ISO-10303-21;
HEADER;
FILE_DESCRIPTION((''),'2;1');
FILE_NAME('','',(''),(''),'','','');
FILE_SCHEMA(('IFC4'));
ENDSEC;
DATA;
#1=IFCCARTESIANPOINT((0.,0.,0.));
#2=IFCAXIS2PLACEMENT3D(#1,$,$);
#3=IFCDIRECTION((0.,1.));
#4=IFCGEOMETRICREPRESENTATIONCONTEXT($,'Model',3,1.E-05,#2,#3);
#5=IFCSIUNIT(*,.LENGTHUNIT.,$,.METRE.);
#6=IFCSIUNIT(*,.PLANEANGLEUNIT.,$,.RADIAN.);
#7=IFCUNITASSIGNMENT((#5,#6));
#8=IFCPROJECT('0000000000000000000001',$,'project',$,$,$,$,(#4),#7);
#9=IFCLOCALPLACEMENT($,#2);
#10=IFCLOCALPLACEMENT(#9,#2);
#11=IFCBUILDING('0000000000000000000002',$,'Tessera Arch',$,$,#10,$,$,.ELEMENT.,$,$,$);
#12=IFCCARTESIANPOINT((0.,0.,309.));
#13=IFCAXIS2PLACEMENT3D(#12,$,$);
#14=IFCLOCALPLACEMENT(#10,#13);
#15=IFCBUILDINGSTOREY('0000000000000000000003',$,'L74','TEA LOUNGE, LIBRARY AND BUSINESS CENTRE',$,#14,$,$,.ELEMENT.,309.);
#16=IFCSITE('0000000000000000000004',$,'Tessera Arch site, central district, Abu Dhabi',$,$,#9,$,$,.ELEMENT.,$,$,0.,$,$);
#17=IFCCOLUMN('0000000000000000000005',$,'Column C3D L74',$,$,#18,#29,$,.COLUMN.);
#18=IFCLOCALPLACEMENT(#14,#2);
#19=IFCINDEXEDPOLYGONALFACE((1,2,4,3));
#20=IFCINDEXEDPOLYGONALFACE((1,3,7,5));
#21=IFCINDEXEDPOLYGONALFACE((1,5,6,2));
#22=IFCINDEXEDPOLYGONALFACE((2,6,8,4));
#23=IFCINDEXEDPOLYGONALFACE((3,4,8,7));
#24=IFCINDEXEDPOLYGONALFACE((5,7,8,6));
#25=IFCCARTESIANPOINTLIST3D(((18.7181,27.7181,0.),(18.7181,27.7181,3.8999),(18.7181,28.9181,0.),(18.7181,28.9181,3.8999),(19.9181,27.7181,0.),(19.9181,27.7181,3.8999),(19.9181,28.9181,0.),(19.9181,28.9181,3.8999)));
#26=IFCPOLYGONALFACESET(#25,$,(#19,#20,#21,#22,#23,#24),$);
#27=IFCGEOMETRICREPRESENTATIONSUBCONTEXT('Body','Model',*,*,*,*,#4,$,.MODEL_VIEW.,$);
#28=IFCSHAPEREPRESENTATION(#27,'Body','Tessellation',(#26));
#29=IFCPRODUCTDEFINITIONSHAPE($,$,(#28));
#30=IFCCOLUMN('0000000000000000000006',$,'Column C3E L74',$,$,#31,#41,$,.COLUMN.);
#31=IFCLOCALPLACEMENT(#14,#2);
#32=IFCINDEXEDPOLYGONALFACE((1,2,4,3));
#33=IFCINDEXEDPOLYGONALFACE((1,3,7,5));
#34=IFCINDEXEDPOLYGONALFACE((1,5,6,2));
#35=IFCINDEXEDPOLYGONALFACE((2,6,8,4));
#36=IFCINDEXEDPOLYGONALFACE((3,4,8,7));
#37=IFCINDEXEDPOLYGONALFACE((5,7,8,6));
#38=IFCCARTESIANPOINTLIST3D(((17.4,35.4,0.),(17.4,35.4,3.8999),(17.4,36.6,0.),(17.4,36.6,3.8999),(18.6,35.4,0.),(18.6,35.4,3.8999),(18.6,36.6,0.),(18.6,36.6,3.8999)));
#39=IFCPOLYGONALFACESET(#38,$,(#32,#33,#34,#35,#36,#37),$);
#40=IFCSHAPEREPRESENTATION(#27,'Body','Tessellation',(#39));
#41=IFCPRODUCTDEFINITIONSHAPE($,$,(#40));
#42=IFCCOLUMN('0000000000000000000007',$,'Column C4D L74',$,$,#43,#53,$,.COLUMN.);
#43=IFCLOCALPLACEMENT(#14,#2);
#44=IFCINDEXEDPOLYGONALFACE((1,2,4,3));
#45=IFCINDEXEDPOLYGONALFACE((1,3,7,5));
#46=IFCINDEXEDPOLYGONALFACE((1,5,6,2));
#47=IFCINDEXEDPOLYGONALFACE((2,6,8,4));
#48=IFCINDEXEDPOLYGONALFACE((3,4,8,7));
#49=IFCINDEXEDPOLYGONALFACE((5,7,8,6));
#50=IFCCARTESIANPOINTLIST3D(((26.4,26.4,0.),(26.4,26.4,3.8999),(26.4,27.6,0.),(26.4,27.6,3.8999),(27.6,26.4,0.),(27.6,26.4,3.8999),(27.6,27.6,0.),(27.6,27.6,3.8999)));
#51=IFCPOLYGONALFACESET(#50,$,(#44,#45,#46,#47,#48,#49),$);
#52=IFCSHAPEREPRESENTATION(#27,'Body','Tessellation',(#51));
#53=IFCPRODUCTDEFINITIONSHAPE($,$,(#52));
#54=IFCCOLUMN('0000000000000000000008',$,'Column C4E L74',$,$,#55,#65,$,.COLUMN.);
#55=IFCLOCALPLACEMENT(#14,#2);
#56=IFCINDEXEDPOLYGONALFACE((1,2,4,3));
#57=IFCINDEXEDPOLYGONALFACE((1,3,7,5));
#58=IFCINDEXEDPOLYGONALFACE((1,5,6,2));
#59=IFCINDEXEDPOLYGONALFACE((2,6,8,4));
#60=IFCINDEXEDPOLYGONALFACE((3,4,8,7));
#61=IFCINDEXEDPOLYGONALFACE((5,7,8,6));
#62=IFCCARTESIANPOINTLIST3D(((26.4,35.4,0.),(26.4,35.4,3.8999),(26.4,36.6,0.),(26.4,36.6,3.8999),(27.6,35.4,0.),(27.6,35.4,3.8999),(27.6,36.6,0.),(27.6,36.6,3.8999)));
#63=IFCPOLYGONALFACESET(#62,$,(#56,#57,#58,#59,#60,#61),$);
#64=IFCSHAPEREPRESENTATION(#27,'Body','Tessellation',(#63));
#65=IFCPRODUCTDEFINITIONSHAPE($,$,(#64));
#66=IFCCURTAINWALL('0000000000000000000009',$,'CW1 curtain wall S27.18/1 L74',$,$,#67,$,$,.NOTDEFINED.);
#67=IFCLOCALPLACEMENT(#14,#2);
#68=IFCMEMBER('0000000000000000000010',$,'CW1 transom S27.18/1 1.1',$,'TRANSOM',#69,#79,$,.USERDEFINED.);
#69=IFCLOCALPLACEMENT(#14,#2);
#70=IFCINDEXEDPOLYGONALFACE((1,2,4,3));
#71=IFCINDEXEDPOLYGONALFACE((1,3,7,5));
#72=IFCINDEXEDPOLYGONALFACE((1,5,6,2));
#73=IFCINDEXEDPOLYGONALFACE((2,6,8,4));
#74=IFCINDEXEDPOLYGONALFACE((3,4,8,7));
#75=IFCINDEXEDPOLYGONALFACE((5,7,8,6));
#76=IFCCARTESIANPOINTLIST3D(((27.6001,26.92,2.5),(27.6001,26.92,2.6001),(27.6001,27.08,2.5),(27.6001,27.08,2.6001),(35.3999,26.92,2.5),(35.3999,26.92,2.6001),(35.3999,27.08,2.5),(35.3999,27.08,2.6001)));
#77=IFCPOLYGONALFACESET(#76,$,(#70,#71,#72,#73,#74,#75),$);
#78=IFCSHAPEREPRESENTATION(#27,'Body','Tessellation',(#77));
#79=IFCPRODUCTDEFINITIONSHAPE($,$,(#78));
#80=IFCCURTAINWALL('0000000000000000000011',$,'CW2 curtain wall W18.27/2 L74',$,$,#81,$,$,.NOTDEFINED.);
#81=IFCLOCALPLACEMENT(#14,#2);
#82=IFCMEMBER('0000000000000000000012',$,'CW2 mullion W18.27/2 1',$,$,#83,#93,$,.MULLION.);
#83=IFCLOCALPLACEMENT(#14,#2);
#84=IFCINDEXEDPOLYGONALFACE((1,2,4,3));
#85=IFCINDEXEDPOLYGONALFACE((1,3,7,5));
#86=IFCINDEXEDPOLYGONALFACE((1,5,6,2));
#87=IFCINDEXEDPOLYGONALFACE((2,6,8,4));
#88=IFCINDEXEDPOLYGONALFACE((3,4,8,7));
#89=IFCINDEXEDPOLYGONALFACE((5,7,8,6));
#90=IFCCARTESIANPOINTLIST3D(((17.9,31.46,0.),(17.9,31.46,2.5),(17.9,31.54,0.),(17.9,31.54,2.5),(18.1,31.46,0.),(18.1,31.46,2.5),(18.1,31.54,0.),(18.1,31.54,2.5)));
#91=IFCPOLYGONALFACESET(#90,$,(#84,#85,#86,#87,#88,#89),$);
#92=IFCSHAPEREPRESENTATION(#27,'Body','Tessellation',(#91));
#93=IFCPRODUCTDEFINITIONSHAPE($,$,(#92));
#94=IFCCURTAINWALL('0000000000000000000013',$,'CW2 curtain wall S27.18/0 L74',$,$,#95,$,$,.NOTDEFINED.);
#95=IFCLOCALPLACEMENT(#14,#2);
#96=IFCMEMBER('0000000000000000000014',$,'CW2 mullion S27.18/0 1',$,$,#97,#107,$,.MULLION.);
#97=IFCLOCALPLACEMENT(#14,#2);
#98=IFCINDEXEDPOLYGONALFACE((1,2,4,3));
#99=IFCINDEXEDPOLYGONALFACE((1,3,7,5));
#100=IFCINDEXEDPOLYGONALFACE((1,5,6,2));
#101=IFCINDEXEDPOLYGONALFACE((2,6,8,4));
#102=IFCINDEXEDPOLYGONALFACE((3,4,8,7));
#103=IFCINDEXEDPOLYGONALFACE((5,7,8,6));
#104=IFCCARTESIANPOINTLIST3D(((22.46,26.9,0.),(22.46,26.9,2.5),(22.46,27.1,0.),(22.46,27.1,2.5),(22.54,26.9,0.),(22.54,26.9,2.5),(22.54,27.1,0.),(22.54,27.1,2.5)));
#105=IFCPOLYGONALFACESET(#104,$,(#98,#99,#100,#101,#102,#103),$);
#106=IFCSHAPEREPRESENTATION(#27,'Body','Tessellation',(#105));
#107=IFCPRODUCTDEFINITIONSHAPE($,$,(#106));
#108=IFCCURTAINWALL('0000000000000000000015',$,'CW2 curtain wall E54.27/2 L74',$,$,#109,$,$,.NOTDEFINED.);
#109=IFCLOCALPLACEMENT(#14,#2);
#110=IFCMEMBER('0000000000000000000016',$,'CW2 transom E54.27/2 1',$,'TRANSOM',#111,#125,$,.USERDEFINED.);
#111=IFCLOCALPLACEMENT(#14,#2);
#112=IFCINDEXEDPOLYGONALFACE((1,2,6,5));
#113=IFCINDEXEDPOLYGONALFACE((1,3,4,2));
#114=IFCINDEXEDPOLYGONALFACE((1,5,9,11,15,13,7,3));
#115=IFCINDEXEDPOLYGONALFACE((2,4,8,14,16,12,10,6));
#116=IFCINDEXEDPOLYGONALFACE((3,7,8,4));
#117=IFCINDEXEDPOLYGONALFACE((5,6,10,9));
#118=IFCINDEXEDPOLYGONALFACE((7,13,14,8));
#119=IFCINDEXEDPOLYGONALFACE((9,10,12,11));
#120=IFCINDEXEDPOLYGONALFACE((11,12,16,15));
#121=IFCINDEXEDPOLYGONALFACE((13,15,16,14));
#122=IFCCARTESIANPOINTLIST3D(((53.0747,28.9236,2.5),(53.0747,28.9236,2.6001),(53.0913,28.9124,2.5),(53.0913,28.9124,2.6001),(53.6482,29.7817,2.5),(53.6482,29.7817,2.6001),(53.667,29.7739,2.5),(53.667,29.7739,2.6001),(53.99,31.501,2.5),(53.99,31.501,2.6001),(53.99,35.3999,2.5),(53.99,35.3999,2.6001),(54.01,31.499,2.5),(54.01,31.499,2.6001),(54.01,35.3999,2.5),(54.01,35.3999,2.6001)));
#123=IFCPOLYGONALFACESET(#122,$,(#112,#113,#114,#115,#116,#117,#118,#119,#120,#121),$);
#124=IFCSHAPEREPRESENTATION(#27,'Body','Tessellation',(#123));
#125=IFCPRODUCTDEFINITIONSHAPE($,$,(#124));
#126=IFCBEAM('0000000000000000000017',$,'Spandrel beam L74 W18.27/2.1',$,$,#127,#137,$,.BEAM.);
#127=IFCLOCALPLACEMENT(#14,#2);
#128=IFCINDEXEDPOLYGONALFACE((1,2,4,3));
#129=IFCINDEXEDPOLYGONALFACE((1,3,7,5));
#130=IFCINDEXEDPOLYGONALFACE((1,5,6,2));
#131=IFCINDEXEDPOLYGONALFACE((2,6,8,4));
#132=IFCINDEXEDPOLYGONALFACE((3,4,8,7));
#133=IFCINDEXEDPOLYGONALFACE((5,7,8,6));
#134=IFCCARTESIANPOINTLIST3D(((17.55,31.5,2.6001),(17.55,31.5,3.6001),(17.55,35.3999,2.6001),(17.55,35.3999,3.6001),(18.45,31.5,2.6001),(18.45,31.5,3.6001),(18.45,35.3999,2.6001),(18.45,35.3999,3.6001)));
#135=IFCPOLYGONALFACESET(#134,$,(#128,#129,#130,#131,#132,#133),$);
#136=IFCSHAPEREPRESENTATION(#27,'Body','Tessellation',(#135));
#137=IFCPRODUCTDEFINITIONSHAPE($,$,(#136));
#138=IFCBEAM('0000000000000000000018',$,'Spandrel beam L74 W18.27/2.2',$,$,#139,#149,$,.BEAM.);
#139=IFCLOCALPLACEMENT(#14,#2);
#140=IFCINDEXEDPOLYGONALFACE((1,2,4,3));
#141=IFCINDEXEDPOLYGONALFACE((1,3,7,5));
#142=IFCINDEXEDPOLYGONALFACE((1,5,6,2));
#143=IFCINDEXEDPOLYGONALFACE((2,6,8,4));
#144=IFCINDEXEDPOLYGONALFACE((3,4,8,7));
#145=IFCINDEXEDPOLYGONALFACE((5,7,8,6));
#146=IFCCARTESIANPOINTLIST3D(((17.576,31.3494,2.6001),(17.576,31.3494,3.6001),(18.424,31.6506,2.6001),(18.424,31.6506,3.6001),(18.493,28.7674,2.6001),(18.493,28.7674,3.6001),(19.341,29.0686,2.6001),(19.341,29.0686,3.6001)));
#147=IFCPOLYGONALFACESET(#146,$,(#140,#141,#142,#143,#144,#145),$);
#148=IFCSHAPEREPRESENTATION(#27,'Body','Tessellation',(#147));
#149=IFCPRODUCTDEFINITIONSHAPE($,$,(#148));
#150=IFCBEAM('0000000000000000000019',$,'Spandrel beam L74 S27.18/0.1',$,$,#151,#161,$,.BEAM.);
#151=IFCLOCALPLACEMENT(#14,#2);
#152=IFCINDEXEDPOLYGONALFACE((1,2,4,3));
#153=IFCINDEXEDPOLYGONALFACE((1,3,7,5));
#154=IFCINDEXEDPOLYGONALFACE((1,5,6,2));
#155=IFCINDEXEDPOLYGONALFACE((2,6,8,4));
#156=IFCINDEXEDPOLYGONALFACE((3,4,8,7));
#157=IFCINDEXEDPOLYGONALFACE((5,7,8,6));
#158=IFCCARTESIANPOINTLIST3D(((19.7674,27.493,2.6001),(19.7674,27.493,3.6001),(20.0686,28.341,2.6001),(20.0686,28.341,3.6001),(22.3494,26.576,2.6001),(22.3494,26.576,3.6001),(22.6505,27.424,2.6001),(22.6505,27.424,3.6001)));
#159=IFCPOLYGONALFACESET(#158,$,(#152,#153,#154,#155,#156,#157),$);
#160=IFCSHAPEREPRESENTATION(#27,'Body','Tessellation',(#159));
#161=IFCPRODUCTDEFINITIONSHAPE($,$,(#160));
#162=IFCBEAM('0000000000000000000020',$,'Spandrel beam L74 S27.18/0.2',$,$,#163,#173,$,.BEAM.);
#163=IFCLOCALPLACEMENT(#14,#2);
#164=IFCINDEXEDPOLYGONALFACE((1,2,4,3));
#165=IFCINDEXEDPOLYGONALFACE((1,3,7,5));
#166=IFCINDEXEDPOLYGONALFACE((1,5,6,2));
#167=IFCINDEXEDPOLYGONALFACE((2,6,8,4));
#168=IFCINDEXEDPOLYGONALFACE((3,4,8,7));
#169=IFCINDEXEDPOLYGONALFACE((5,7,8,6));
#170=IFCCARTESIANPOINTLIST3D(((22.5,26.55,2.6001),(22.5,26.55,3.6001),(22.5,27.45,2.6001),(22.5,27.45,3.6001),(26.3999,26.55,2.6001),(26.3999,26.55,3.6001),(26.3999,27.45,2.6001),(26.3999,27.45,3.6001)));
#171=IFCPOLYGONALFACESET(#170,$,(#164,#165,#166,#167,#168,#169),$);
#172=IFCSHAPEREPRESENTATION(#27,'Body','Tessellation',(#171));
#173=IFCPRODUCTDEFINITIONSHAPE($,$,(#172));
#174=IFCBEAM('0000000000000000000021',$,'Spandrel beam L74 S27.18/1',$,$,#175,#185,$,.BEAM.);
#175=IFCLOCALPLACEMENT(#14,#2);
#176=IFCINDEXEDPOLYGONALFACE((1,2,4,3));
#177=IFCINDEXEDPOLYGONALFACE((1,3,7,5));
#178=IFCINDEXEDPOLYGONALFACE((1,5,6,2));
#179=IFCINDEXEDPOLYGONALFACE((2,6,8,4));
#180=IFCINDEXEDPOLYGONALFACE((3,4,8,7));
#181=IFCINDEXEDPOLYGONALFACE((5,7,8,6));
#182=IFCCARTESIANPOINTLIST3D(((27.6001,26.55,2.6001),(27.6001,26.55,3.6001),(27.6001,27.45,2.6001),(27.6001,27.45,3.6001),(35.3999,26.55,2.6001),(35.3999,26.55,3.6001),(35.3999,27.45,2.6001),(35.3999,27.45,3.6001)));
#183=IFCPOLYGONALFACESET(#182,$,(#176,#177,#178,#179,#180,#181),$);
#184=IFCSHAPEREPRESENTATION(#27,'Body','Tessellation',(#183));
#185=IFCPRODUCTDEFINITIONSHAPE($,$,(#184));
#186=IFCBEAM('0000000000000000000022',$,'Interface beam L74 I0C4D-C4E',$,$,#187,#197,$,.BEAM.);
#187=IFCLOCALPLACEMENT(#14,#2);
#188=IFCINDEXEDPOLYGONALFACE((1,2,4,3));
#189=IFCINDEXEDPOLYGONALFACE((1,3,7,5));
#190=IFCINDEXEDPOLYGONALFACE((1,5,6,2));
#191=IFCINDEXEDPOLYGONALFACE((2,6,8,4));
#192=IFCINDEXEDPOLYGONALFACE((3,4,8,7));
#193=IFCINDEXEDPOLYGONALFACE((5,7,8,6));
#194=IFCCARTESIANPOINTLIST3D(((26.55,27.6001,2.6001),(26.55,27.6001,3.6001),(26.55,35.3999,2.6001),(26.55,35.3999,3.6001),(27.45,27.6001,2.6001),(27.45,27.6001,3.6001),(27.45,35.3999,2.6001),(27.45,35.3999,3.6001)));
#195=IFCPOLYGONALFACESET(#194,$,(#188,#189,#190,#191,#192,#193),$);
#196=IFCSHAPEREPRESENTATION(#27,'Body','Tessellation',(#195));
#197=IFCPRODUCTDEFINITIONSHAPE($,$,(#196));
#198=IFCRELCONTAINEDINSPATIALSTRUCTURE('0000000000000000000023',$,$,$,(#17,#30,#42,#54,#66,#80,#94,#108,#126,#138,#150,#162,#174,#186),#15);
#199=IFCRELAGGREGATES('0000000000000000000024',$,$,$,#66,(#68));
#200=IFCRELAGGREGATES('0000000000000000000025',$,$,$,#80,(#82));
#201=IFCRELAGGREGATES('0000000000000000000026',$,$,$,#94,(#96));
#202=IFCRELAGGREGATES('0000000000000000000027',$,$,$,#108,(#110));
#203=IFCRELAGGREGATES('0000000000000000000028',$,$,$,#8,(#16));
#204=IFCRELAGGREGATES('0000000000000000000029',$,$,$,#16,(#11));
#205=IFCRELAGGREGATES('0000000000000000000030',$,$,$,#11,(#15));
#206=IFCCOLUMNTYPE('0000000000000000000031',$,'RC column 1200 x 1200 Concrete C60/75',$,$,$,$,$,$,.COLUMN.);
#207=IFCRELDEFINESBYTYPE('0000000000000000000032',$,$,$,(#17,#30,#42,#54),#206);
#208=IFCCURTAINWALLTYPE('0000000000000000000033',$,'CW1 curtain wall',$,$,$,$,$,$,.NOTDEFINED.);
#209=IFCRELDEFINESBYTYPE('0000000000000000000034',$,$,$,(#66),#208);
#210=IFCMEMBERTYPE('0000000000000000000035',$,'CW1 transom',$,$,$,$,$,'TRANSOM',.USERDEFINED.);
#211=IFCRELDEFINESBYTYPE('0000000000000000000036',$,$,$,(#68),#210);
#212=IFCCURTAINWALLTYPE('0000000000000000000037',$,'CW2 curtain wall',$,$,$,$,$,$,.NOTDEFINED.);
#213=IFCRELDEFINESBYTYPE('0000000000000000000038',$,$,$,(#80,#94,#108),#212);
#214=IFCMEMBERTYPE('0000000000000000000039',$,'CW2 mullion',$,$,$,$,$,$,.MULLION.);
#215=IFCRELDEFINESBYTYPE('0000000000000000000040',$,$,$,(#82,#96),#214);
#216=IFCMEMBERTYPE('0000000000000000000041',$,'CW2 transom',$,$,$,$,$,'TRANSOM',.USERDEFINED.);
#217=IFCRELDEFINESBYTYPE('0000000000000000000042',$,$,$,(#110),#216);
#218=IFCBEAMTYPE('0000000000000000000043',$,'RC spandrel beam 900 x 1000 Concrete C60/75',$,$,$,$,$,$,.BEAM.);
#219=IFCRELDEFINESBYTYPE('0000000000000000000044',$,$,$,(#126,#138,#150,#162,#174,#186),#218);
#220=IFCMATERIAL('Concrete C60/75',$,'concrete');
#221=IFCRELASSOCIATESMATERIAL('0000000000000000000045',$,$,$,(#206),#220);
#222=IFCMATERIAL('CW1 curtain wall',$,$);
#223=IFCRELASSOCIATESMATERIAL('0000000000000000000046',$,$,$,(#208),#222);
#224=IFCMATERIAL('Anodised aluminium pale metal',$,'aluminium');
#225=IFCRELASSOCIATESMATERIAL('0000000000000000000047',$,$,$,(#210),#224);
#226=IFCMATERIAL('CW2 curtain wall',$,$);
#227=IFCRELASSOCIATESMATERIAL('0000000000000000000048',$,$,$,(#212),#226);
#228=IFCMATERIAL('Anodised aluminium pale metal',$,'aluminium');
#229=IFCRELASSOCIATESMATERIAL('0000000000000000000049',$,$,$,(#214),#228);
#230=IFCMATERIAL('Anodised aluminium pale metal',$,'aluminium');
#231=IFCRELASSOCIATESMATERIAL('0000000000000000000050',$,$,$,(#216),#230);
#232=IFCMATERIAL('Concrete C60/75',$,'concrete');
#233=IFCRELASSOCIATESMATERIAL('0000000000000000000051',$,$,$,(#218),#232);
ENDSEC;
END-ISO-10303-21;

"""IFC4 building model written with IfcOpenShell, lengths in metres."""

from ifc_helpers import new_model, si_unit, direction, frame, origin, origin_2d, place, context, subcontext, project, spatial, polyline, rectangle, outline, extrude, material, material_profile, profile_set, type_object, element, aggregate, save


model = new_model("IFC4")

# Units and contexts
model_context = context("Model", 3, precision=1e-05, world=origin(), true_north=direction((0.0, 1.0)))
body_context = subcontext(model_context, "Body", "Model", "MODEL_VIEW")
ifc_project = project(units=[si_unit("LENGTHUNIT", "METRE"), si_unit("PLANEANGLEUNIT", "RADIAN")], contexts=[model_context])

# Site, building, storey
site_placement = place(None, origin())
site = spatial("IfcSite", under=ifc_project, at=site_placement, Name="Tessera Arch site, central district, Abu Dhabi", CompositionType="ELEMENT", RefElevation=0.0)
building_placement = place(site_placement, origin())
building = spatial("IfcBuilding", under=site, at=building_placement, Name="Tessera Arch", CompositionType="ELEMENT")
storey_placement = place(building_placement, frame((0.0, 0.0, 309.0)))
storey = spatial("IfcBuildingStorey", under=building, at=storey_placement, Name="L74", Description="TEA LOUNGE, LIBRARY AND BUSINESS CENTRE", CompositionType="ELEMENT", Elevation=309.0)

# Columns
ifc_material_1 = material(Name="Concrete C60/75", Category="concrete")
ifc_material_profile_1 = material_profile(ifc_material_1, rectangle(XDim=1.2, YDim=1.2, at=origin_2d()), Name="RC column 1200 x 1200 Concrete C60/75")
ifc_profile_set_1 = profile_set([ifc_material_profile_1], Name="Concrete C60/75")
column_type = type_object("IfcColumnType", Name="RC column 1200 x 1200 Concrete C60/75", PredefinedType="COLUMN", material=ifc_profile_set_1)
for number, where, z_axis, x_axis, name in (
    (1, (19.3181, 28.3181, 0.0), (0.0, 0.0, 1.0), (1.0, 0.0, 0.0), "Column C3D L74"),
    (2, (18.0, 36.0, 0.0), (0.0, 0.0, 1.0), (1.0, 0.0, 0.0), "Column C3E L74"),
    (3, (27.0, 27.0, 0.0), (0.0, 0.0, 1.0), (1.0, 0.0, 0.0), "Column C4D L74"),
    (4, (27.0, 36.0, 0.0), (0.0, 0.0, 1.0), (1.0, 0.0, 0.0), "Column C4E L74"),
):
    element("IfcColumn", number, at=place(storey_placement, frame(where, z_axis=z_axis, x_axis=x_axis)), inside=storey, type_object=column_type, Name=name, PredefinedType="COLUMN", context=body_context, shape_type="SweptSolid", body=[
        extrude(rectangle(XDim=1.2, YDim=1.2, at=origin_2d()), origin(), (0.0, 0.0, 1.0), 3.8999),
    ])

# Curtain walls, members
ifc_material_2 = material(Name="CW1 curtain wall")
curtain_wall_type_1 = type_object("IfcCurtainWallType", Name="CW1 curtain wall", PredefinedType="NOTDEFINED", material=ifc_material_2)
curtain_wall_1_placement = place(storey_placement, origin())
curtain_wall_1 = element("IfcCurtainWall", 5, at=curtain_wall_1_placement, inside=storey, type_object=curtain_wall_type_1, Name="CW1 curtain wall S27.18/1 L74", PredefinedType="NOTDEFINED")
ifc_material_3 = material(Name="Anodised aluminium pale metal", Category="aluminium")
ifc_material_profile_2 = material_profile(ifc_material_3, rectangle(XDim=0.1599, YDim=0.1001, at=origin_2d()), Name="AL 160x100")
ifc_profile_set_2 = profile_set([ifc_material_profile_2], Name="Anodised aluminium pale metal")
member_type_1 = type_object("IfcMemberType", Name="CW1 transom", ElementType="TRANSOM", PredefinedType="USERDEFINED", material=ifc_profile_set_2)
member_1_placement = place(storey_placement, frame((27.6001, 27.0, 2.55), z_axis=(1.0, 0.0, 0.0), x_axis=(0.0, 1.0, 0.0)))
member_1 = element("IfcMember", 6, at=member_1_placement, type_object=member_type_1, Name="CW1 transom S27.18/1 1.1", ObjectType="TRANSOM", PredefinedType="USERDEFINED", context=body_context, shape_type="SweptSolid", body=[
    extrude(rectangle(XDim=0.1599, YDim=0.1001, at=origin_2d()), origin(), (0.0, 0.0, 1.0), 7.7998),
])
aggregate(curtain_wall_1, [member_1])
ifc_material_4 = material(Name="CW2 curtain wall")
curtain_wall_type_2 = type_object("IfcCurtainWallType", Name="CW2 curtain wall", PredefinedType="NOTDEFINED", material=ifc_material_4)
curtain_wall_2_placement = place(storey_placement, origin())
curtain_wall_2 = element("IfcCurtainWall", 7, at=curtain_wall_2_placement, inside=storey, type_object=curtain_wall_type_2, Name="CW2 curtain wall W18.27/2 L74", PredefinedType="NOTDEFINED")
ifc_material_5 = material(Name="Anodised aluminium pale metal", Category="aluminium")
ifc_material_profile_3 = material_profile(ifc_material_5, rectangle(XDim=0.2, YDim=0.0801, at=origin_2d()), Name="AL 80x200")
ifc_profile_set_3 = profile_set([ifc_material_profile_3], Name="Anodised aluminium pale metal")
member_type_2 = type_object("IfcMemberType", Name="CW2 mullion", PredefinedType="MULLION", material=ifc_profile_set_3)
member_2_placement = place(storey_placement, frame((18.0, 31.5, 0.0), z_axis=(0.0, 0.0, 1.0), x_axis=(1.0, 0.0, 0.0)))
member_2 = element("IfcMember", 8, at=member_2_placement, type_object=member_type_2, Name="CW2 mullion W18.27/2 1", PredefinedType="MULLION", context=body_context, shape_type="SweptSolid", body=[
    extrude(rectangle(XDim=0.2, YDim=0.0801, at=origin_2d()), origin(), (0.0, 0.0, 1.0), 2.5),
])
curtain_wall_3_placement = place(storey_placement, origin())
curtain_wall_3 = element("IfcCurtainWall", 9, at=curtain_wall_3_placement, inside=storey, type_object=curtain_wall_type_2, Name="CW2 curtain wall S27.18/0 L74", PredefinedType="NOTDEFINED")
member_3_placement = place(storey_placement, frame((22.5, 27.0, 0.0), z_axis=(0.0, 0.0, 1.0), x_axis=(0.0, 1.0, 0.0)))
member_3 = element("IfcMember", 10, at=member_3_placement, type_object=member_type_2, Name="CW2 mullion S27.18/0 1", PredefinedType="MULLION", context=body_context, shape_type="SweptSolid", body=[
    extrude(rectangle(XDim=0.2, YDim=0.0801, at=origin_2d()), origin(), (0.0, 0.0, 1.0), 2.5),
])
curtain_wall_4_placement = place(storey_placement, origin())
curtain_wall_4 = element("IfcCurtainWall", 11, at=curtain_wall_4_placement, inside=storey, type_object=curtain_wall_type_2, Name="CW2 curtain wall E54.27/2 L74", PredefinedType="NOTDEFINED")
ifc_material_6 = material(Name="Anodised aluminium pale metal", Category="aluminium")
ifc_material_profile_4 = material_profile(ifc_material_6, rectangle(XDim=0.2, YDim=0.1001, at=origin_2d()), Name="AL 200x100")
ifc_profile_set_4 = profile_set([ifc_material_profile_4], Name="Anodised aluminium pale metal")
member_type_3 = type_object("IfcMemberType", Name="CW2 transom", ElementType="TRANSOM", PredefinedType="USERDEFINED", material=ifc_profile_set_4)
member_4_placement = place(storey_placement, frame((0.0, 0.0, 2.5)))
member_4 = element("IfcMember", 12, at=member_4_placement, type_object=member_type_3, Name="CW2 transom E54.27/2 1", ObjectType="TRANSOM", PredefinedType="USERDEFINED", context=body_context, shape_type="SweptSolid", body=[
    extrude(outline(polyline([(53.6482, 29.7817), (53.0747, 28.9236), (53.0913, 28.9124), (53.667, 29.7739), (54.01, 31.499), (54.01, 35.3999), (53.99, 35.3999), (53.99, 31.501), (53.6482, 29.7817)])), origin(), (0.0, 0.0, 1.0), 0.1001),
])

# Beams
ifc_material_7 = material(Name="Concrete C60/75", Category="concrete")
ifc_material_profile_5 = material_profile(ifc_material_7, rectangle(XDim=0.8999, YDim=1.0, at=origin_2d()), Name="RC spandrel beam 900 x 1000 Concrete C60/75")
ifc_profile_set_5 = profile_set([ifc_material_profile_5], Name="Concrete C60/75")
beam_type = type_object("IfcBeamType", Name="RC spandrel beam 900 x 1000 Concrete C60/75", PredefinedType="BEAM", material=ifc_profile_set_5)
beam_1_placement = place(storey_placement, frame((18.0, 35.3999, 3.1001), z_axis=(0.0, -1.0, 0.0), x_axis=(1.0, 0.0, 0.0)))
element("IfcBeam", 13, at=beam_1_placement, inside=storey, type_object=beam_type, Name="Spandrel beam L74 W18.27/2.1", PredefinedType="BEAM", context=body_context, shape_type="SweptSolid", body=[
    extrude(rectangle(XDim=0.8999, YDim=1.0, at=origin_2d()), origin(), (0.0, 0.0, 1.0), 3.8999),
])
for number, where, z_axis, x_axis, name in (
    (14, (18.0, 31.5, 3.1001), (0.334665, -0.942337, 0.0), (0.942337, 0.334665, 0.0), "Spandrel beam L74 W18.27/2.2"),
    (15, (19.918, 27.917, 3.1001), (0.942337, -0.334665, 0.0), (0.334665, 0.942337, 0.0), "Spandrel beam L74 S27.18/0.1"),
):
    element("IfcBeam", number, at=place(storey_placement, frame(where, z_axis=z_axis, x_axis=x_axis)), inside=storey, type_object=beam_type, Name=name, PredefinedType="BEAM", context=body_context, shape_type="SweptSolid", body=[
        extrude(rectangle(XDim=0.8999, YDim=1.0, at=origin_2d()), origin(), (0.0, 0.0, 1.0), 2.74),
    ])
beam_2_placement = place(storey_placement, frame((22.5, 27.0, 3.1001), z_axis=(1.0, 0.0, 0.0), x_axis=(0.0, 1.0, 0.0)))
element("IfcBeam", 16, at=beam_2_placement, inside=storey, type_object=beam_type, Name="Spandrel beam L74 S27.18/0.2", PredefinedType="BEAM", context=body_context, shape_type="SweptSolid", body=[
    extrude(rectangle(XDim=0.8999, YDim=1.0, at=origin_2d()), origin(), (0.0, 0.0, 1.0), 3.8999),
])
for number, where, z_axis, x_axis, name in (
    (17, (27.6001, 27.0, 3.1001), (1.0, 0.0, 0.0), (0.0, 1.0, 0.0), "Spandrel beam L74 S27.18/1"),
    (18, (27.0, 27.6001, 3.1001), (0.0, 1.0, 0.0), (-1.0, 0.0, 0.0), "Interface beam L74 I0C4D-C4E"),
):
    element("IfcBeam", number, at=place(storey_placement, frame(where, z_axis=z_axis, x_axis=x_axis)), inside=storey, type_object=beam_type, Name=name, PredefinedType="BEAM", context=body_context, shape_type="SweptSolid", body=[
        extrude(rectangle(XDim=0.8999, YDim=1.0, at=origin_2d()), origin(), (0.0, 0.0, 1.0), 7.7998),
    ])

aggregate(curtain_wall_2, [member_2])
aggregate(curtain_wall_3, [member_3])

aggregate(curtain_wall_4, [member_4])

save(model, "model.ifc")
